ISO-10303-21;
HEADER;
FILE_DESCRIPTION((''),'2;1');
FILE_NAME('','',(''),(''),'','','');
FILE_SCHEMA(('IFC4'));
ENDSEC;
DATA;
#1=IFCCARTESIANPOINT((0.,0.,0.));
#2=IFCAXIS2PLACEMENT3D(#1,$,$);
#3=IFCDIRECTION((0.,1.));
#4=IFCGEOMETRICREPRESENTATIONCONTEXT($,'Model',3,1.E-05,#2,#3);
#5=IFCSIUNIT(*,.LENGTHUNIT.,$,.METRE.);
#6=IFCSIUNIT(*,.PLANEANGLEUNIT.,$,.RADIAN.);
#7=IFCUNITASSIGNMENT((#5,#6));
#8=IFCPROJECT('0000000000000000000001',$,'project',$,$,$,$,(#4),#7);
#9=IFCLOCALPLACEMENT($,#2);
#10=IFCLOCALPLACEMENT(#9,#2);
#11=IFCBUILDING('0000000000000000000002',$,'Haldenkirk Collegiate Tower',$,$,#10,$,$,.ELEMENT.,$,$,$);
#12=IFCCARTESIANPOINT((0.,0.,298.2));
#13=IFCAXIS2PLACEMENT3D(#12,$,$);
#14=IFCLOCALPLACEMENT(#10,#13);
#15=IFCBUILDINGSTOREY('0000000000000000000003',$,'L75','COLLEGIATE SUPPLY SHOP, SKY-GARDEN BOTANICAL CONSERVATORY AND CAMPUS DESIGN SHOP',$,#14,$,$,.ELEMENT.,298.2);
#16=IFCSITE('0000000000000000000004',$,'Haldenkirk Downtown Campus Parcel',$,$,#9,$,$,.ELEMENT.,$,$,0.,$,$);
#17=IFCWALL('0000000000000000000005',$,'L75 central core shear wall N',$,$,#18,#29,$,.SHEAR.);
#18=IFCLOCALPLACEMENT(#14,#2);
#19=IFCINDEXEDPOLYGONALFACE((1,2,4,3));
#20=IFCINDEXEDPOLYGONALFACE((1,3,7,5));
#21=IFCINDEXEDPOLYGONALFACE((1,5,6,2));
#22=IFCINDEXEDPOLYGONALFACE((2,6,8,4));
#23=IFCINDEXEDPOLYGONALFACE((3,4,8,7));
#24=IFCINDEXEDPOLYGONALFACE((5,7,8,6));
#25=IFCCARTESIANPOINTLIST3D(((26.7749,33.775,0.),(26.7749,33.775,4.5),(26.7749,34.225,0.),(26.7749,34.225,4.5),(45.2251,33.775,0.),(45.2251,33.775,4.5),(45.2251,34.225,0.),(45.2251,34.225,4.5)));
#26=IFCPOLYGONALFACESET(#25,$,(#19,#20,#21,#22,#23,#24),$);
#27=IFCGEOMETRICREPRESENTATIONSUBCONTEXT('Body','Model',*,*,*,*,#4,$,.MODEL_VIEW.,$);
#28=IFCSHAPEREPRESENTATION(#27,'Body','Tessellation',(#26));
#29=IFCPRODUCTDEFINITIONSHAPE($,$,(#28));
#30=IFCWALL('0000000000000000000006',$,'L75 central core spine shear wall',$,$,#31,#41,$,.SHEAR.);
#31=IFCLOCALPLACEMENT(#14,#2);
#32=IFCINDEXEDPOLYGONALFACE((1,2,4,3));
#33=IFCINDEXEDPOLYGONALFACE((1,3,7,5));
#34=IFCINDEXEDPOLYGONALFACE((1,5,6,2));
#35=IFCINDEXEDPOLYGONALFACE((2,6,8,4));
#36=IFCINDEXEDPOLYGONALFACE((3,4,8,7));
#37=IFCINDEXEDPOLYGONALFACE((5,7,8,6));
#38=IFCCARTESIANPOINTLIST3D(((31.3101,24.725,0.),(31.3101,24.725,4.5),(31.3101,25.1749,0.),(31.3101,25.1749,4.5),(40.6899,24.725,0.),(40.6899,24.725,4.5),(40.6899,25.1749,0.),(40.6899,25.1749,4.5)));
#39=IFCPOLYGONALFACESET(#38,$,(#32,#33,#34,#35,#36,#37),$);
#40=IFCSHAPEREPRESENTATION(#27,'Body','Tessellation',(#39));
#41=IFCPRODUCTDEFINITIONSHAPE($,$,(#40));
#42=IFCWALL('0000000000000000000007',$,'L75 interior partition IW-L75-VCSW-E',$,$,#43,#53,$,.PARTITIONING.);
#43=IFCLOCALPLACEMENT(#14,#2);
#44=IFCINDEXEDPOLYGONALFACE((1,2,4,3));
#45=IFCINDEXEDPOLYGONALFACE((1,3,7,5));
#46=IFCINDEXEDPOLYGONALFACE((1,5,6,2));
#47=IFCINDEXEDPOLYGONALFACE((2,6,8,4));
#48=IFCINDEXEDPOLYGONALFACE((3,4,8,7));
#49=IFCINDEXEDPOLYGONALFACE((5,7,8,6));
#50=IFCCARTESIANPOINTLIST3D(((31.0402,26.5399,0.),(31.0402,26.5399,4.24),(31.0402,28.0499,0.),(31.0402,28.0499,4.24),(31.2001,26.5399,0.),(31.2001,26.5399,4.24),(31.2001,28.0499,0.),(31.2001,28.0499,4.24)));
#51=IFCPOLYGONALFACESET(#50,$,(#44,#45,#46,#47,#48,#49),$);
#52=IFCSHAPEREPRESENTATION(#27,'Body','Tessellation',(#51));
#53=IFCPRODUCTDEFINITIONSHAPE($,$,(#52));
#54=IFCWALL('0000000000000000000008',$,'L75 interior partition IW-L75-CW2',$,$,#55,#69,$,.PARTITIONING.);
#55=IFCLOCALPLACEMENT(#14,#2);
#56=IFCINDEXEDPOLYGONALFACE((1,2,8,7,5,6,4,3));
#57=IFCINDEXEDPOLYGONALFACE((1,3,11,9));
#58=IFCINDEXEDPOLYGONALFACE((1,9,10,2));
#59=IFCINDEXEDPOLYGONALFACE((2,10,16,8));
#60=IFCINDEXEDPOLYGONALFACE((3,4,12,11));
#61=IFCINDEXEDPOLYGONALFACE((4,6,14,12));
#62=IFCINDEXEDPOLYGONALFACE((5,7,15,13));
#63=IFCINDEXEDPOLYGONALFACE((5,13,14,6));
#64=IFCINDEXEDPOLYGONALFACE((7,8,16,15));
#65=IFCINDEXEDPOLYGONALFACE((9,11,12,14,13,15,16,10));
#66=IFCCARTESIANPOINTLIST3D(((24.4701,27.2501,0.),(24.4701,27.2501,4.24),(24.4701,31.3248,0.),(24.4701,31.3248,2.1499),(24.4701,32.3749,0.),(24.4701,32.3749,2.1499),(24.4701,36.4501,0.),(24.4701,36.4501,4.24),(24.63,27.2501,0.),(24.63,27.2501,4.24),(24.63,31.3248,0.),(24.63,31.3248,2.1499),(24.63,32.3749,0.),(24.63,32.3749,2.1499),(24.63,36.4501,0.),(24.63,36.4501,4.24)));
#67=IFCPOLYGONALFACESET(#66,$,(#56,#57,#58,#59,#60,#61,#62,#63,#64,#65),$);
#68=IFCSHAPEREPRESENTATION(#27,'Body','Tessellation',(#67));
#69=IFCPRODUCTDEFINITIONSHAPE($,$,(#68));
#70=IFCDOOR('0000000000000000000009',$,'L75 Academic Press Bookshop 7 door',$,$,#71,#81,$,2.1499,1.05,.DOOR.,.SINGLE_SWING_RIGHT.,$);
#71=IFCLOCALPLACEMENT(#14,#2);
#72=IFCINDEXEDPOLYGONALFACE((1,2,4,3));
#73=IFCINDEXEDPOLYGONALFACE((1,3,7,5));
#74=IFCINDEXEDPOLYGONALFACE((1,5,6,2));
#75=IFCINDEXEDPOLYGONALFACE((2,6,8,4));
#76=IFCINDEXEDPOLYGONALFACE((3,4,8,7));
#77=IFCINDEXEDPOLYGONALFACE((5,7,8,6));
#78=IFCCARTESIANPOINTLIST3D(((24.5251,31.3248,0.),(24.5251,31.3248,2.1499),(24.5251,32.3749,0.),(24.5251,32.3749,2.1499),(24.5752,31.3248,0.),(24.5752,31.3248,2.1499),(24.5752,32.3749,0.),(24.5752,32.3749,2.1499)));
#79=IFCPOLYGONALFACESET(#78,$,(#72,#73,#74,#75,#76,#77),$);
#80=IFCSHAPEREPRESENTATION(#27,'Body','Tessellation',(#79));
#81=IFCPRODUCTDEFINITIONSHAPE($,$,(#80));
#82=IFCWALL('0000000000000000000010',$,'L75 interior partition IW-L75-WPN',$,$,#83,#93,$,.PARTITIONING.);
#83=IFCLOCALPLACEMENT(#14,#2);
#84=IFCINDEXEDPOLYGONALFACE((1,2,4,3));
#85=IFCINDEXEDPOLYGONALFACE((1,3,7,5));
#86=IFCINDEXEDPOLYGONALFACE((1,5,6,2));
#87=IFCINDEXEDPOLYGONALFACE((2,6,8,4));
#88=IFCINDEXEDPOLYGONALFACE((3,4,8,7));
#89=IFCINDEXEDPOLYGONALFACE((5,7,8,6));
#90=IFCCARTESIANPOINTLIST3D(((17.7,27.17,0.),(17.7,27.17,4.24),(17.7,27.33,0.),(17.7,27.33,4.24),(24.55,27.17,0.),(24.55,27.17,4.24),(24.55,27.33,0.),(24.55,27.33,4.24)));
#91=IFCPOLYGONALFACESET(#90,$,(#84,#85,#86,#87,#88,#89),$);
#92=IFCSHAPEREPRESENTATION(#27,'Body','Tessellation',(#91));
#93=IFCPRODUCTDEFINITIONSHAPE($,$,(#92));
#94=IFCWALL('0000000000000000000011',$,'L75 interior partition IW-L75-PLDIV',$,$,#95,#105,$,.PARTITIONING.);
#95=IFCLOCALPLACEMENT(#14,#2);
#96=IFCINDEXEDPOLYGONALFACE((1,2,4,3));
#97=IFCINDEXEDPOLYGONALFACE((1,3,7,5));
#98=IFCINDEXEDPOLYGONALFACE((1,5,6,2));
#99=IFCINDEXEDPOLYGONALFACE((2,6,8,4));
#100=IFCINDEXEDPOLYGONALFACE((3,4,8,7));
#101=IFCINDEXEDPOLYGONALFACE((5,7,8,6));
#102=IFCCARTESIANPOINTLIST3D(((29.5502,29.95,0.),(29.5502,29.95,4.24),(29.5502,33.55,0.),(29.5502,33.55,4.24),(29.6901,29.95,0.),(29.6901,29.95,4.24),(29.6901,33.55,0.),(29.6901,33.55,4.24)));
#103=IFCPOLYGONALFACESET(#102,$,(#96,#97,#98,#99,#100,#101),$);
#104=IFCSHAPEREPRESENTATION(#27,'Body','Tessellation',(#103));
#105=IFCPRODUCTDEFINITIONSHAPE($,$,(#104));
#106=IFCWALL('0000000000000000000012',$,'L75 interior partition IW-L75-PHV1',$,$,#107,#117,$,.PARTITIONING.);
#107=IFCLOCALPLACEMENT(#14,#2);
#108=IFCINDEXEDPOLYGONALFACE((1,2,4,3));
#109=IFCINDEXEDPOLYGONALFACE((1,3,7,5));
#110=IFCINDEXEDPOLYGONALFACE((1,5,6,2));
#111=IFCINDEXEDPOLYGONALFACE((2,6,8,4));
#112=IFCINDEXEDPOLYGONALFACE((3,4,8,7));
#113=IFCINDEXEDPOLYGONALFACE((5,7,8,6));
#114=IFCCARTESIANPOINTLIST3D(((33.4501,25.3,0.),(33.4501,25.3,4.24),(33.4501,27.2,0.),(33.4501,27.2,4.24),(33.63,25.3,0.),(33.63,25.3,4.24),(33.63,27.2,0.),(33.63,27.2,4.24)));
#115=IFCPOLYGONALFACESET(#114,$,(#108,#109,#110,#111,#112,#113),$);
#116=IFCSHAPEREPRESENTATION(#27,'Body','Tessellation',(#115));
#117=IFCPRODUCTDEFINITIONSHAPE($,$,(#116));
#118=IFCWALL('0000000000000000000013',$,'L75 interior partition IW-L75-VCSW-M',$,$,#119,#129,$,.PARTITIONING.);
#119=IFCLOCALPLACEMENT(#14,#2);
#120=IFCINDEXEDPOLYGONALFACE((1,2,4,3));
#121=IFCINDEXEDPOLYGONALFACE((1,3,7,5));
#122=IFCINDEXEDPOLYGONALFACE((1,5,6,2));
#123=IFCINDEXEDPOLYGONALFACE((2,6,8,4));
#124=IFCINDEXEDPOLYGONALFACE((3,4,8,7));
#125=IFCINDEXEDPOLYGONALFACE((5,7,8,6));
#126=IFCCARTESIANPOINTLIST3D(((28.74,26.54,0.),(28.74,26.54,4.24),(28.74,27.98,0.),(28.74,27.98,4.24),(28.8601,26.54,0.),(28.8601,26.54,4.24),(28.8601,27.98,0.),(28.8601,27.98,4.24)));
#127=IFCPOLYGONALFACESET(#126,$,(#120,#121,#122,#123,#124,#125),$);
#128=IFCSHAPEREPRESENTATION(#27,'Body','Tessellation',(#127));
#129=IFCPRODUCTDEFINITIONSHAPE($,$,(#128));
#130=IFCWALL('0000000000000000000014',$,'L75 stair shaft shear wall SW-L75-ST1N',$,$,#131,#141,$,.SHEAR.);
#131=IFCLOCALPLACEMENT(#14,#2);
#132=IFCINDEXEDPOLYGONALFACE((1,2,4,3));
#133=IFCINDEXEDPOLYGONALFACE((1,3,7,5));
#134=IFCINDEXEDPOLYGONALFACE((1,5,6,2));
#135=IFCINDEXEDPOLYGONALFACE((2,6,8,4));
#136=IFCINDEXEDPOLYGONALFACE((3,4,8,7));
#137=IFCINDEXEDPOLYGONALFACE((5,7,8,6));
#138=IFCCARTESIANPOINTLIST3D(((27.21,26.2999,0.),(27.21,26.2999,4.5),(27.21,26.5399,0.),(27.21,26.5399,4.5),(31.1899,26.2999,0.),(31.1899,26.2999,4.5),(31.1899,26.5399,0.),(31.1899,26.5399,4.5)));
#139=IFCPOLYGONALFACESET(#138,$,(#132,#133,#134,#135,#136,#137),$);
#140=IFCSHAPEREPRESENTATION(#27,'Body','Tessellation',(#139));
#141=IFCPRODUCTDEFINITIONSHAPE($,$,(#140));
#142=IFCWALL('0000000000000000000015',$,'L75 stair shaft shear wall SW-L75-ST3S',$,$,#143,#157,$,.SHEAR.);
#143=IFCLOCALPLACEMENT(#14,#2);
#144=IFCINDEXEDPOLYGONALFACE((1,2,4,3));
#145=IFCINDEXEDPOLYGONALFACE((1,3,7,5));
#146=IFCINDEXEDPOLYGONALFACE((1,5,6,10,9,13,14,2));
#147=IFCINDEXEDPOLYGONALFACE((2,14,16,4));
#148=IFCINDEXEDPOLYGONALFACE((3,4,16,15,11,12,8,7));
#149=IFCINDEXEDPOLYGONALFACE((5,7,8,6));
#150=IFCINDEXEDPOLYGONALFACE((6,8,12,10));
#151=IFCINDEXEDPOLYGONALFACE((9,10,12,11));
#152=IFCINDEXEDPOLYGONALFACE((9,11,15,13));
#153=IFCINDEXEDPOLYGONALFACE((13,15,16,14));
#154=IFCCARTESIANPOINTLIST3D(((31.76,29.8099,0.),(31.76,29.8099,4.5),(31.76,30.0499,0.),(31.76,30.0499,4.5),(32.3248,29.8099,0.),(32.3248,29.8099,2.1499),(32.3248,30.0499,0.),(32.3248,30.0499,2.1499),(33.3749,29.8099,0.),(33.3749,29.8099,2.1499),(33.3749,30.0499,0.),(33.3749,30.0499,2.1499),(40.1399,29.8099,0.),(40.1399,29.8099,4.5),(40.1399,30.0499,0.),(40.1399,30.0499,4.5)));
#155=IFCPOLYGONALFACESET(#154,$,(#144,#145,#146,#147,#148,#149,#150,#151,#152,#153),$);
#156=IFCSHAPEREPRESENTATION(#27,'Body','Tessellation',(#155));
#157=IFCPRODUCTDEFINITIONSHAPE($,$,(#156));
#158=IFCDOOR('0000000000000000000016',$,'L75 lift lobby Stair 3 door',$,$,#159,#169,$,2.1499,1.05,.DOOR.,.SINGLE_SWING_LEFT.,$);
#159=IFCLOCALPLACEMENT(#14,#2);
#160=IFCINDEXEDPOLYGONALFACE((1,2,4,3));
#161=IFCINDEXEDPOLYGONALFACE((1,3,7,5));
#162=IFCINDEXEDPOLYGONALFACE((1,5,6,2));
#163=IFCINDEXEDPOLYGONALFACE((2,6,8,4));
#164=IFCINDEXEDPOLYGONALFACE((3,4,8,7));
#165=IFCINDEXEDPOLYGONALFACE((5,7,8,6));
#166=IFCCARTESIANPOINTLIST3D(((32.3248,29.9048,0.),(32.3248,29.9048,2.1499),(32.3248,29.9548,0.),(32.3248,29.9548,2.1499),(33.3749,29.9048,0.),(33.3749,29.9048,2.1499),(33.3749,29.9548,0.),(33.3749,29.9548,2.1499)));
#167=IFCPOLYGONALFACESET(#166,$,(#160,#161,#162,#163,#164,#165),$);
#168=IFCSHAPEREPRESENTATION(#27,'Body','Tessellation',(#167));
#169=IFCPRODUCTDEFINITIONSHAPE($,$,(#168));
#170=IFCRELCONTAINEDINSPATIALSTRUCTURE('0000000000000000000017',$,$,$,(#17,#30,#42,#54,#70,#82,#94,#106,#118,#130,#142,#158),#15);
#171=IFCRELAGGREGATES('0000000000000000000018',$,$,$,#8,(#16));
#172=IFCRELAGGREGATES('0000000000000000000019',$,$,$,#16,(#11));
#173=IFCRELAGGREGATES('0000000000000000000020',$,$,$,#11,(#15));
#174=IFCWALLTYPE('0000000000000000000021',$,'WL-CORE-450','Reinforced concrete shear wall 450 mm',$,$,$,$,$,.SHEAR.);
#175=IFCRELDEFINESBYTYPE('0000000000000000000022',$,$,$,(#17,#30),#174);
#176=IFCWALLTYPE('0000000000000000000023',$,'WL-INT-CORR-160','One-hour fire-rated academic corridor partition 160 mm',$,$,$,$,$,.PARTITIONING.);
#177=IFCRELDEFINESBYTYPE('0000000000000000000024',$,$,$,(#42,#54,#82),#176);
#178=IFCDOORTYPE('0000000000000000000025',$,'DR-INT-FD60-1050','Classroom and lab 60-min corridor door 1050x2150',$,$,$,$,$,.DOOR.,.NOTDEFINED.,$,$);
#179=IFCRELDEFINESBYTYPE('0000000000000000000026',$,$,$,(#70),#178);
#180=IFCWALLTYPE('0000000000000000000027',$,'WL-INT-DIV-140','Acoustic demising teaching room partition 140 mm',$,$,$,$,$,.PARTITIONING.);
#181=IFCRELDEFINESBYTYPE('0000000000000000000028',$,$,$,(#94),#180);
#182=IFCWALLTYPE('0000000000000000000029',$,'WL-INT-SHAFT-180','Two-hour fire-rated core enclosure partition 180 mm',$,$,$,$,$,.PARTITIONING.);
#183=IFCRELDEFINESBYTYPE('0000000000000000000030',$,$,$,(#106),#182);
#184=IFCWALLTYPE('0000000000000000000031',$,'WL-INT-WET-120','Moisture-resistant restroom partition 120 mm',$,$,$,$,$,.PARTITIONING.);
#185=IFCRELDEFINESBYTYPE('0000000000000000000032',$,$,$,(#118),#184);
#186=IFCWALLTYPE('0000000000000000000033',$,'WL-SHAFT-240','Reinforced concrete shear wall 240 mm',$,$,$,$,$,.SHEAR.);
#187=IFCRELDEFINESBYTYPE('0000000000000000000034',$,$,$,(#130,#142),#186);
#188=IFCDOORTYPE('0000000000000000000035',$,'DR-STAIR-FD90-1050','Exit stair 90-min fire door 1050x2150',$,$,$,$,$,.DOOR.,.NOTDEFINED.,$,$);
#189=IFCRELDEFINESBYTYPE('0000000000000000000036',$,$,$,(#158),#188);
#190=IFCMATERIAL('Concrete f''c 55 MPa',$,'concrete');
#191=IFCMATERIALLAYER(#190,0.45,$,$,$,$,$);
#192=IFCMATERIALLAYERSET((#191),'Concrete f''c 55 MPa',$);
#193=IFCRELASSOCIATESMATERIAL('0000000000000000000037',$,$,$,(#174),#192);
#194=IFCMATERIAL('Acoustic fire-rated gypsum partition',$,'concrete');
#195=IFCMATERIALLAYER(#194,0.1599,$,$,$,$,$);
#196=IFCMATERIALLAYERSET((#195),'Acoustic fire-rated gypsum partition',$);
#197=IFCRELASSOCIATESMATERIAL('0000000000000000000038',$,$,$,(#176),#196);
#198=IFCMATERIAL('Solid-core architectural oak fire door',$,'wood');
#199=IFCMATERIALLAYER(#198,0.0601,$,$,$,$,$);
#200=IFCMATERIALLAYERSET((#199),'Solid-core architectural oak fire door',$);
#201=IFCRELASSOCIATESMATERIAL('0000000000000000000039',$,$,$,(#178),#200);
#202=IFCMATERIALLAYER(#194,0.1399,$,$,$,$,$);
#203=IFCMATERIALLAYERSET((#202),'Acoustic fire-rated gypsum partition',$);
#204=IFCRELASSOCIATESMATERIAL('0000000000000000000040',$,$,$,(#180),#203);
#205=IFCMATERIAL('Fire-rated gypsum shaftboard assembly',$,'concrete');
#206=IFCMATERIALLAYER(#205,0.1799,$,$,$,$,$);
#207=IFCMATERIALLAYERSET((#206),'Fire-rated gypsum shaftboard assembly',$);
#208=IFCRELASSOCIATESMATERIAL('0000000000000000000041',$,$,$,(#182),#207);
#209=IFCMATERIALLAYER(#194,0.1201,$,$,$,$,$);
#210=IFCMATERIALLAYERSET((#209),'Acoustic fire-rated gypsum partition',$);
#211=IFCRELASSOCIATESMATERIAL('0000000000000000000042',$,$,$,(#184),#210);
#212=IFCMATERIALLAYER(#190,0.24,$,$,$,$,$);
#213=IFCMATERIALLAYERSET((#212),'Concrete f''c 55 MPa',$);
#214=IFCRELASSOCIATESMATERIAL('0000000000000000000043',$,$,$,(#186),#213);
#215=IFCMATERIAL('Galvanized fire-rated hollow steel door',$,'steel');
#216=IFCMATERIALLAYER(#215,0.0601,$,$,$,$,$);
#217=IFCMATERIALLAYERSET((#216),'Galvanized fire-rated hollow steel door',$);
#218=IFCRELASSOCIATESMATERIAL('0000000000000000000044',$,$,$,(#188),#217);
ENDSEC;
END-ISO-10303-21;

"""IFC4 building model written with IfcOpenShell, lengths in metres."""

from ifc_helpers import new_model, si_unit, direction, frame, frame_2d, origin, place, context, subcontext, project, spatial, rectangle, extrude, material, layer, layer_set, type_object, element, fill, save


model = new_model("IFC4")

# Units and contexts
model_context = context("Model", 3, precision=1e-05, world=origin(), true_north=direction((0.0, 1.0)))
body_context = subcontext(model_context, "Body", "Model", "MODEL_VIEW")
ifc_project = project(units=[si_unit("LENGTHUNIT", "METRE"), si_unit("PLANEANGLEUNIT", "RADIAN")], contexts=[model_context])

# Site, building, storey
site_placement = place(None, origin())
site = spatial("IfcSite", under=ifc_project, at=site_placement, Name="Haldenkirk Downtown Campus Parcel", CompositionType="ELEMENT", RefElevation=0.0)
building_placement = place(site_placement, origin())
building = spatial("IfcBuilding", under=site, at=building_placement, Name="Haldenkirk Collegiate Tower", CompositionType="ELEMENT")
storey_placement = place(building_placement, frame((0.0, 0.0, 298.2)))
storey = spatial("IfcBuildingStorey", under=building, at=storey_placement, Name="L75", Description="COLLEGIATE SUPPLY SHOP, SKY-GARDEN BOTANICAL CONSERVATORY AND CAMPUS DESIGN SHOP", CompositionType="ELEMENT", Elevation=298.2)

# Walls
ifc_material_1 = material(Name="Concrete f'c 55 MPa", Category="concrete")
ifc_layer_1 = layer(ifc_material_1, 0.45)
ifc_layer_set_1 = layer_set([ifc_layer_1], Name="Concrete f'c 55 MPa")
wall_type_1 = type_object("IfcWallType", Name="WL-CORE-450", Description="Reinforced concrete shear wall 450 mm", PredefinedType="SHEAR", material=ifc_layer_set_1)
wall_1_placement = place(storey_placement, frame((26.7749, 34.0, 0.0), z_axis=(0.0, 0.0, 1.0), x_axis=(1.0, 0.0, 0.0)))
element("IfcWall", 1, at=wall_1_placement, inside=storey, type_object=wall_type_1, Name="L75 central core shear wall N", PredefinedType="SHEAR", context=body_context, shape_type="SweptSolid", body=[
    extrude(rectangle(XDim=18.4502, YDim=0.45, at=frame_2d((9.2251, 0.0))), origin(), (0.0, 0.0, 1.0), 4.5),
])
wall_2_placement = place(storey_placement, frame((31.3101, 24.95, 0.0), z_axis=(0.0, 0.0, 1.0), x_axis=(1.0, 0.0, 0.0)))
element("IfcWall", 2, at=wall_2_placement, inside=storey, type_object=wall_type_1, Name="L75 central core spine shear wall", PredefinedType="SHEAR", context=body_context, shape_type="SweptSolid", body=[
    extrude(rectangle(XDim=9.3799, YDim=0.45, at=frame_2d((4.6899, 0.0))), origin(), (0.0, 0.0, 1.0), 4.5),
])

# Shared definitions
ifc_material_2 = material(Name="Acoustic fire-rated gypsum partition", Category="concrete")
ifc_layer_2 = layer(ifc_material_2, 0.1599)
ifc_layer_set_2 = layer_set([ifc_layer_2], Name="Acoustic fire-rated gypsum partition")
wall_type_2 = type_object("IfcWallType", Name="WL-INT-CORR-160", Description="One-hour fire-rated academic corridor partition 160 mm", PredefinedType="PARTITIONING", material=ifc_layer_set_2)
ifc_material_3 = material(Name="Solid-core architectural oak fire door", Category="wood")

# Wall
wall_3_placement = place(storey_placement, frame((31.1201, 26.54, 0.0), z_axis=(0.0, 0.0, 1.0), x_axis=(0.0, 1.0, 0.0)))
element("IfcWall", 3, at=wall_3_placement, inside=storey, type_object=wall_type_2, Name="L75 interior partition IW-L75-VCSW-E", PredefinedType="PARTITIONING", context=body_context, shape_type="SweptSolid", body=[
    extrude(rectangle(XDim=1.51, YDim=0.1599, at=frame_2d((0.7549, 0.0))), origin(), (0.0, 0.0, 1.0), 4.24),
])

# Wall, opening, door
wall_4_placement = place(storey_placement, frame((24.55, 27.25, 0.0), z_axis=(0.0, 0.0, 1.0), x_axis=(0.0, 1.0, 0.0)))
wall_4 = element("IfcWall", 4, at=wall_4_placement, inside=storey, type_object=wall_type_2, Name="L75 interior partition IW-L75-CW2", PredefinedType="PARTITIONING", context=body_context, shape_type="SweptSolid", body=[
    extrude(rectangle(XDim=9.2, YDim=0.1599, at=frame_2d((4.6001, 0.0))), origin(), (0.0, 0.0, 1.0), 4.24),
])
opening_1_placement = place(wall_4_placement, frame((4.075, 0.0, 0.0)))
opening_1 = element("IfcOpeningElement", 5, at=opening_1_placement, cuts=wall_4, PredefinedType="OPENING", context=body_context, shape_type="SweptSolid", body=[
    extrude(rectangle(XDim=1.05, YDim=2.1499, at=frame_2d((0.5249, 1.075))), frame((0.0, 0.0898, 0.0), z_axis=(0.0, -1.0, 0.0), x_axis=(1.0, 0.0, 0.0)), (0.0, 0.0, 1.0), 0.1799),
])
ifc_layer_3 = layer(ifc_material_3, 0.0601)
ifc_layer_set_3 = layer_set([ifc_layer_3], Name="Solid-core architectural oak fire door")
door_type_1 = type_object("IfcDoorType", Name="DR-INT-FD60-1050", Description="Classroom and lab 60-min corridor door 1050x2150", OperationType="NOTDEFINED", PredefinedType="DOOR", material=ifc_layer_set_3)
door_1_placement = place(opening_1_placement, origin())
door_1 = element("IfcDoor", 6, at=door_1_placement, inside=storey, type_object=door_type_1, Name="L75 Academic Press Bookshop 7 door", OperationType="SINGLE_SWING_RIGHT", OverallHeight=2.1499, OverallWidth=1.05, PredefinedType="DOOR", context=body_context, shape_type="SweptSolid", body=[
    extrude(rectangle(XDim=1.05, YDim=2.1499, at=frame_2d((0.5249, 1.075))), frame((0.0, 0.0249, 0.0), z_axis=(0.0, -1.0, 0.0), x_axis=(1.0, 0.0, 0.0)), (0.0, 0.0, 1.0), 0.05),
])
fill(opening_1, door_1)

# Walls
wall_5_placement = place(storey_placement, frame((17.7, 27.25, 0.0), z_axis=(0.0, 0.0, 1.0), x_axis=(1.0, 0.0, 0.0)))
element("IfcWall", 7, at=wall_5_placement, inside=storey, type_object=wall_type_2, Name="L75 interior partition IW-L75-WPN", PredefinedType="PARTITIONING", context=body_context, shape_type="SweptSolid", body=[
    extrude(rectangle(XDim=6.8501, YDim=0.1599, at=frame_2d((3.425, 0.0))), origin(), (0.0, 0.0, 1.0), 4.24),
])
ifc_layer_4 = layer(ifc_material_2, 0.1399)
ifc_layer_set_4 = layer_set([ifc_layer_4], Name="Acoustic fire-rated gypsum partition")
wall_type_3 = type_object("IfcWallType", Name="WL-INT-DIV-140", Description="Acoustic demising teaching room partition 140 mm", PredefinedType="PARTITIONING", material=ifc_layer_set_4)
wall_6_placement = place(storey_placement, frame((29.6201, 29.95, 0.0), z_axis=(0.0, 0.0, 1.0), x_axis=(0.0, 1.0, 0.0)))
element("IfcWall", 8, at=wall_6_placement, inside=storey, type_object=wall_type_3, Name="L75 interior partition IW-L75-PLDIV", PredefinedType="PARTITIONING", context=body_context, shape_type="SweptSolid", body=[
    extrude(rectangle(XDim=3.6001, YDim=0.1399, at=frame_2d((1.8, 0.0))), origin(), (0.0, 0.0, 1.0), 4.24),
])

# Shared definitions
ifc_material_4 = material(Name="Fire-rated gypsum shaftboard assembly", Category="concrete")
ifc_layer_5 = layer(ifc_material_4, 0.1799)
ifc_layer_set_5 = layer_set([ifc_layer_5], Name="Fire-rated gypsum shaftboard assembly")
wall_type_4 = type_object("IfcWallType", Name="WL-INT-SHAFT-180", Description="Two-hour fire-rated core enclosure partition 180 mm", PredefinedType="PARTITIONING", material=ifc_layer_set_5)

# Walls
wall_7_placement = place(storey_placement, frame((33.54, 25.3, 0.0), z_axis=(0.0, 0.0, 1.0), x_axis=(0.0, 1.0, 0.0)))
element("IfcWall", 9, at=wall_7_placement, inside=storey, type_object=wall_type_4, Name="L75 interior partition IW-L75-PHV1", PredefinedType="PARTITIONING", context=body_context, shape_type="SweptSolid", body=[
    extrude(rectangle(XDim=1.8999, YDim=0.1799, at=frame_2d((0.95, 0.0))), origin(), (0.0, 0.0, 1.0), 4.24),
])
ifc_layer_6 = layer(ifc_material_2, 0.1201)
ifc_layer_set_6 = layer_set([ifc_layer_6], Name="Acoustic fire-rated gypsum partition")
wall_type_5 = type_object("IfcWallType", Name="WL-INT-WET-120", Description="Moisture-resistant restroom partition 120 mm", PredefinedType="PARTITIONING", material=ifc_layer_set_6)
wall_8_placement = place(storey_placement, frame((28.8, 26.54, 0.0), z_axis=(0.0, 0.0, 1.0), x_axis=(0.0, 1.0, 0.0)))
element("IfcWall", 10, at=wall_8_placement, inside=storey, type_object=wall_type_5, Name="L75 interior partition IW-L75-VCSW-M", PredefinedType="PARTITIONING", context=body_context, shape_type="SweptSolid", body=[
    extrude(rectangle(XDim=1.4399, YDim=0.1201, at=frame_2d((0.72, 0.0))), origin(), (0.0, 0.0, 1.0), 4.24),
])
ifc_layer_7 = layer(ifc_material_1, 0.24)
ifc_layer_set_7 = layer_set([ifc_layer_7], Name="Concrete f'c 55 MPa")
wall_type_6 = type_object("IfcWallType", Name="WL-SHAFT-240", Description="Reinforced concrete shear wall 240 mm", PredefinedType="SHEAR", material=ifc_layer_set_7)
wall_9_placement = place(storey_placement, frame((27.21, 26.4199, 0.0), z_axis=(0.0, 0.0, 1.0), x_axis=(1.0, 0.0, 0.0)))
element("IfcWall", 11, at=wall_9_placement, inside=storey, type_object=wall_type_6, Name="L75 stair shaft shear wall SW-L75-ST1N", PredefinedType="SHEAR", context=body_context, shape_type="SweptSolid", body=[
    extrude(rectangle(XDim=3.98, YDim=0.24, at=frame_2d((1.99, 0.0))), origin(), (0.0, 0.0, 1.0), 4.5),
])

# Wall, opening, door
wall_10_placement = place(storey_placement, frame((31.76, 29.9299, 0.0), z_axis=(0.0, 0.0, 1.0), x_axis=(1.0, 0.0, 0.0)))
wall_10 = element("IfcWall", 12, at=wall_10_placement, inside=storey, type_object=wall_type_6, Name="L75 stair shaft shear wall SW-L75-ST3S", PredefinedType="SHEAR", context=body_context, shape_type="SweptSolid", body=[
    extrude(rectangle(XDim=8.3799, YDim=0.24, at=frame_2d((4.1899, 0.0))), origin(), (0.0, 0.0, 1.0), 4.5),
])
opening_2_placement = place(wall_10_placement, frame((0.5649, 0.0, 0.0)))
opening_2 = element("IfcOpeningElement", 13, at=opening_2_placement, cuts=wall_10, PredefinedType="OPENING", context=body_context, shape_type="SweptSolid", body=[
    extrude(rectangle(XDim=1.05, YDim=2.1499, at=frame_2d((0.5249, 1.075))), frame((0.0, 0.1299, 0.0), z_axis=(0.0, -1.0, 0.0), x_axis=(1.0, 0.0, 0.0)), (0.0, 0.0, 1.0), 0.26),
])
ifc_material_5 = material(Name="Galvanized fire-rated hollow steel door", Category="steel")
ifc_layer_8 = layer(ifc_material_5, 0.0601)
ifc_layer_set_8 = layer_set([ifc_layer_8], Name="Galvanized fire-rated hollow steel door")
door_type_2 = type_object("IfcDoorType", Name="DR-STAIR-FD90-1050", Description="Exit stair 90-min fire door 1050x2150", OperationType="NOTDEFINED", PredefinedType="DOOR", material=ifc_layer_set_8)
door_2_placement = place(opening_2_placement, origin())
door_2 = element("IfcDoor", 14, at=door_2_placement, inside=storey, type_object=door_type_2, Name="L75 lift lobby Stair 3 door", OperationType="SINGLE_SWING_LEFT", OverallHeight=2.1499, OverallWidth=1.05, PredefinedType="DOOR", context=body_context, shape_type="SweptSolid", body=[
    extrude(rectangle(XDim=1.05, YDim=2.1499, at=frame_2d((0.5249, 1.075))), frame((0.0, 0.0249, 0.0), z_axis=(0.0, -1.0, 0.0), x_axis=(1.0, 0.0, 0.0)), (0.0, 0.0, 1.0), 0.05),
])
fill(opening_2, door_2)

save(model, "model.ifc")
